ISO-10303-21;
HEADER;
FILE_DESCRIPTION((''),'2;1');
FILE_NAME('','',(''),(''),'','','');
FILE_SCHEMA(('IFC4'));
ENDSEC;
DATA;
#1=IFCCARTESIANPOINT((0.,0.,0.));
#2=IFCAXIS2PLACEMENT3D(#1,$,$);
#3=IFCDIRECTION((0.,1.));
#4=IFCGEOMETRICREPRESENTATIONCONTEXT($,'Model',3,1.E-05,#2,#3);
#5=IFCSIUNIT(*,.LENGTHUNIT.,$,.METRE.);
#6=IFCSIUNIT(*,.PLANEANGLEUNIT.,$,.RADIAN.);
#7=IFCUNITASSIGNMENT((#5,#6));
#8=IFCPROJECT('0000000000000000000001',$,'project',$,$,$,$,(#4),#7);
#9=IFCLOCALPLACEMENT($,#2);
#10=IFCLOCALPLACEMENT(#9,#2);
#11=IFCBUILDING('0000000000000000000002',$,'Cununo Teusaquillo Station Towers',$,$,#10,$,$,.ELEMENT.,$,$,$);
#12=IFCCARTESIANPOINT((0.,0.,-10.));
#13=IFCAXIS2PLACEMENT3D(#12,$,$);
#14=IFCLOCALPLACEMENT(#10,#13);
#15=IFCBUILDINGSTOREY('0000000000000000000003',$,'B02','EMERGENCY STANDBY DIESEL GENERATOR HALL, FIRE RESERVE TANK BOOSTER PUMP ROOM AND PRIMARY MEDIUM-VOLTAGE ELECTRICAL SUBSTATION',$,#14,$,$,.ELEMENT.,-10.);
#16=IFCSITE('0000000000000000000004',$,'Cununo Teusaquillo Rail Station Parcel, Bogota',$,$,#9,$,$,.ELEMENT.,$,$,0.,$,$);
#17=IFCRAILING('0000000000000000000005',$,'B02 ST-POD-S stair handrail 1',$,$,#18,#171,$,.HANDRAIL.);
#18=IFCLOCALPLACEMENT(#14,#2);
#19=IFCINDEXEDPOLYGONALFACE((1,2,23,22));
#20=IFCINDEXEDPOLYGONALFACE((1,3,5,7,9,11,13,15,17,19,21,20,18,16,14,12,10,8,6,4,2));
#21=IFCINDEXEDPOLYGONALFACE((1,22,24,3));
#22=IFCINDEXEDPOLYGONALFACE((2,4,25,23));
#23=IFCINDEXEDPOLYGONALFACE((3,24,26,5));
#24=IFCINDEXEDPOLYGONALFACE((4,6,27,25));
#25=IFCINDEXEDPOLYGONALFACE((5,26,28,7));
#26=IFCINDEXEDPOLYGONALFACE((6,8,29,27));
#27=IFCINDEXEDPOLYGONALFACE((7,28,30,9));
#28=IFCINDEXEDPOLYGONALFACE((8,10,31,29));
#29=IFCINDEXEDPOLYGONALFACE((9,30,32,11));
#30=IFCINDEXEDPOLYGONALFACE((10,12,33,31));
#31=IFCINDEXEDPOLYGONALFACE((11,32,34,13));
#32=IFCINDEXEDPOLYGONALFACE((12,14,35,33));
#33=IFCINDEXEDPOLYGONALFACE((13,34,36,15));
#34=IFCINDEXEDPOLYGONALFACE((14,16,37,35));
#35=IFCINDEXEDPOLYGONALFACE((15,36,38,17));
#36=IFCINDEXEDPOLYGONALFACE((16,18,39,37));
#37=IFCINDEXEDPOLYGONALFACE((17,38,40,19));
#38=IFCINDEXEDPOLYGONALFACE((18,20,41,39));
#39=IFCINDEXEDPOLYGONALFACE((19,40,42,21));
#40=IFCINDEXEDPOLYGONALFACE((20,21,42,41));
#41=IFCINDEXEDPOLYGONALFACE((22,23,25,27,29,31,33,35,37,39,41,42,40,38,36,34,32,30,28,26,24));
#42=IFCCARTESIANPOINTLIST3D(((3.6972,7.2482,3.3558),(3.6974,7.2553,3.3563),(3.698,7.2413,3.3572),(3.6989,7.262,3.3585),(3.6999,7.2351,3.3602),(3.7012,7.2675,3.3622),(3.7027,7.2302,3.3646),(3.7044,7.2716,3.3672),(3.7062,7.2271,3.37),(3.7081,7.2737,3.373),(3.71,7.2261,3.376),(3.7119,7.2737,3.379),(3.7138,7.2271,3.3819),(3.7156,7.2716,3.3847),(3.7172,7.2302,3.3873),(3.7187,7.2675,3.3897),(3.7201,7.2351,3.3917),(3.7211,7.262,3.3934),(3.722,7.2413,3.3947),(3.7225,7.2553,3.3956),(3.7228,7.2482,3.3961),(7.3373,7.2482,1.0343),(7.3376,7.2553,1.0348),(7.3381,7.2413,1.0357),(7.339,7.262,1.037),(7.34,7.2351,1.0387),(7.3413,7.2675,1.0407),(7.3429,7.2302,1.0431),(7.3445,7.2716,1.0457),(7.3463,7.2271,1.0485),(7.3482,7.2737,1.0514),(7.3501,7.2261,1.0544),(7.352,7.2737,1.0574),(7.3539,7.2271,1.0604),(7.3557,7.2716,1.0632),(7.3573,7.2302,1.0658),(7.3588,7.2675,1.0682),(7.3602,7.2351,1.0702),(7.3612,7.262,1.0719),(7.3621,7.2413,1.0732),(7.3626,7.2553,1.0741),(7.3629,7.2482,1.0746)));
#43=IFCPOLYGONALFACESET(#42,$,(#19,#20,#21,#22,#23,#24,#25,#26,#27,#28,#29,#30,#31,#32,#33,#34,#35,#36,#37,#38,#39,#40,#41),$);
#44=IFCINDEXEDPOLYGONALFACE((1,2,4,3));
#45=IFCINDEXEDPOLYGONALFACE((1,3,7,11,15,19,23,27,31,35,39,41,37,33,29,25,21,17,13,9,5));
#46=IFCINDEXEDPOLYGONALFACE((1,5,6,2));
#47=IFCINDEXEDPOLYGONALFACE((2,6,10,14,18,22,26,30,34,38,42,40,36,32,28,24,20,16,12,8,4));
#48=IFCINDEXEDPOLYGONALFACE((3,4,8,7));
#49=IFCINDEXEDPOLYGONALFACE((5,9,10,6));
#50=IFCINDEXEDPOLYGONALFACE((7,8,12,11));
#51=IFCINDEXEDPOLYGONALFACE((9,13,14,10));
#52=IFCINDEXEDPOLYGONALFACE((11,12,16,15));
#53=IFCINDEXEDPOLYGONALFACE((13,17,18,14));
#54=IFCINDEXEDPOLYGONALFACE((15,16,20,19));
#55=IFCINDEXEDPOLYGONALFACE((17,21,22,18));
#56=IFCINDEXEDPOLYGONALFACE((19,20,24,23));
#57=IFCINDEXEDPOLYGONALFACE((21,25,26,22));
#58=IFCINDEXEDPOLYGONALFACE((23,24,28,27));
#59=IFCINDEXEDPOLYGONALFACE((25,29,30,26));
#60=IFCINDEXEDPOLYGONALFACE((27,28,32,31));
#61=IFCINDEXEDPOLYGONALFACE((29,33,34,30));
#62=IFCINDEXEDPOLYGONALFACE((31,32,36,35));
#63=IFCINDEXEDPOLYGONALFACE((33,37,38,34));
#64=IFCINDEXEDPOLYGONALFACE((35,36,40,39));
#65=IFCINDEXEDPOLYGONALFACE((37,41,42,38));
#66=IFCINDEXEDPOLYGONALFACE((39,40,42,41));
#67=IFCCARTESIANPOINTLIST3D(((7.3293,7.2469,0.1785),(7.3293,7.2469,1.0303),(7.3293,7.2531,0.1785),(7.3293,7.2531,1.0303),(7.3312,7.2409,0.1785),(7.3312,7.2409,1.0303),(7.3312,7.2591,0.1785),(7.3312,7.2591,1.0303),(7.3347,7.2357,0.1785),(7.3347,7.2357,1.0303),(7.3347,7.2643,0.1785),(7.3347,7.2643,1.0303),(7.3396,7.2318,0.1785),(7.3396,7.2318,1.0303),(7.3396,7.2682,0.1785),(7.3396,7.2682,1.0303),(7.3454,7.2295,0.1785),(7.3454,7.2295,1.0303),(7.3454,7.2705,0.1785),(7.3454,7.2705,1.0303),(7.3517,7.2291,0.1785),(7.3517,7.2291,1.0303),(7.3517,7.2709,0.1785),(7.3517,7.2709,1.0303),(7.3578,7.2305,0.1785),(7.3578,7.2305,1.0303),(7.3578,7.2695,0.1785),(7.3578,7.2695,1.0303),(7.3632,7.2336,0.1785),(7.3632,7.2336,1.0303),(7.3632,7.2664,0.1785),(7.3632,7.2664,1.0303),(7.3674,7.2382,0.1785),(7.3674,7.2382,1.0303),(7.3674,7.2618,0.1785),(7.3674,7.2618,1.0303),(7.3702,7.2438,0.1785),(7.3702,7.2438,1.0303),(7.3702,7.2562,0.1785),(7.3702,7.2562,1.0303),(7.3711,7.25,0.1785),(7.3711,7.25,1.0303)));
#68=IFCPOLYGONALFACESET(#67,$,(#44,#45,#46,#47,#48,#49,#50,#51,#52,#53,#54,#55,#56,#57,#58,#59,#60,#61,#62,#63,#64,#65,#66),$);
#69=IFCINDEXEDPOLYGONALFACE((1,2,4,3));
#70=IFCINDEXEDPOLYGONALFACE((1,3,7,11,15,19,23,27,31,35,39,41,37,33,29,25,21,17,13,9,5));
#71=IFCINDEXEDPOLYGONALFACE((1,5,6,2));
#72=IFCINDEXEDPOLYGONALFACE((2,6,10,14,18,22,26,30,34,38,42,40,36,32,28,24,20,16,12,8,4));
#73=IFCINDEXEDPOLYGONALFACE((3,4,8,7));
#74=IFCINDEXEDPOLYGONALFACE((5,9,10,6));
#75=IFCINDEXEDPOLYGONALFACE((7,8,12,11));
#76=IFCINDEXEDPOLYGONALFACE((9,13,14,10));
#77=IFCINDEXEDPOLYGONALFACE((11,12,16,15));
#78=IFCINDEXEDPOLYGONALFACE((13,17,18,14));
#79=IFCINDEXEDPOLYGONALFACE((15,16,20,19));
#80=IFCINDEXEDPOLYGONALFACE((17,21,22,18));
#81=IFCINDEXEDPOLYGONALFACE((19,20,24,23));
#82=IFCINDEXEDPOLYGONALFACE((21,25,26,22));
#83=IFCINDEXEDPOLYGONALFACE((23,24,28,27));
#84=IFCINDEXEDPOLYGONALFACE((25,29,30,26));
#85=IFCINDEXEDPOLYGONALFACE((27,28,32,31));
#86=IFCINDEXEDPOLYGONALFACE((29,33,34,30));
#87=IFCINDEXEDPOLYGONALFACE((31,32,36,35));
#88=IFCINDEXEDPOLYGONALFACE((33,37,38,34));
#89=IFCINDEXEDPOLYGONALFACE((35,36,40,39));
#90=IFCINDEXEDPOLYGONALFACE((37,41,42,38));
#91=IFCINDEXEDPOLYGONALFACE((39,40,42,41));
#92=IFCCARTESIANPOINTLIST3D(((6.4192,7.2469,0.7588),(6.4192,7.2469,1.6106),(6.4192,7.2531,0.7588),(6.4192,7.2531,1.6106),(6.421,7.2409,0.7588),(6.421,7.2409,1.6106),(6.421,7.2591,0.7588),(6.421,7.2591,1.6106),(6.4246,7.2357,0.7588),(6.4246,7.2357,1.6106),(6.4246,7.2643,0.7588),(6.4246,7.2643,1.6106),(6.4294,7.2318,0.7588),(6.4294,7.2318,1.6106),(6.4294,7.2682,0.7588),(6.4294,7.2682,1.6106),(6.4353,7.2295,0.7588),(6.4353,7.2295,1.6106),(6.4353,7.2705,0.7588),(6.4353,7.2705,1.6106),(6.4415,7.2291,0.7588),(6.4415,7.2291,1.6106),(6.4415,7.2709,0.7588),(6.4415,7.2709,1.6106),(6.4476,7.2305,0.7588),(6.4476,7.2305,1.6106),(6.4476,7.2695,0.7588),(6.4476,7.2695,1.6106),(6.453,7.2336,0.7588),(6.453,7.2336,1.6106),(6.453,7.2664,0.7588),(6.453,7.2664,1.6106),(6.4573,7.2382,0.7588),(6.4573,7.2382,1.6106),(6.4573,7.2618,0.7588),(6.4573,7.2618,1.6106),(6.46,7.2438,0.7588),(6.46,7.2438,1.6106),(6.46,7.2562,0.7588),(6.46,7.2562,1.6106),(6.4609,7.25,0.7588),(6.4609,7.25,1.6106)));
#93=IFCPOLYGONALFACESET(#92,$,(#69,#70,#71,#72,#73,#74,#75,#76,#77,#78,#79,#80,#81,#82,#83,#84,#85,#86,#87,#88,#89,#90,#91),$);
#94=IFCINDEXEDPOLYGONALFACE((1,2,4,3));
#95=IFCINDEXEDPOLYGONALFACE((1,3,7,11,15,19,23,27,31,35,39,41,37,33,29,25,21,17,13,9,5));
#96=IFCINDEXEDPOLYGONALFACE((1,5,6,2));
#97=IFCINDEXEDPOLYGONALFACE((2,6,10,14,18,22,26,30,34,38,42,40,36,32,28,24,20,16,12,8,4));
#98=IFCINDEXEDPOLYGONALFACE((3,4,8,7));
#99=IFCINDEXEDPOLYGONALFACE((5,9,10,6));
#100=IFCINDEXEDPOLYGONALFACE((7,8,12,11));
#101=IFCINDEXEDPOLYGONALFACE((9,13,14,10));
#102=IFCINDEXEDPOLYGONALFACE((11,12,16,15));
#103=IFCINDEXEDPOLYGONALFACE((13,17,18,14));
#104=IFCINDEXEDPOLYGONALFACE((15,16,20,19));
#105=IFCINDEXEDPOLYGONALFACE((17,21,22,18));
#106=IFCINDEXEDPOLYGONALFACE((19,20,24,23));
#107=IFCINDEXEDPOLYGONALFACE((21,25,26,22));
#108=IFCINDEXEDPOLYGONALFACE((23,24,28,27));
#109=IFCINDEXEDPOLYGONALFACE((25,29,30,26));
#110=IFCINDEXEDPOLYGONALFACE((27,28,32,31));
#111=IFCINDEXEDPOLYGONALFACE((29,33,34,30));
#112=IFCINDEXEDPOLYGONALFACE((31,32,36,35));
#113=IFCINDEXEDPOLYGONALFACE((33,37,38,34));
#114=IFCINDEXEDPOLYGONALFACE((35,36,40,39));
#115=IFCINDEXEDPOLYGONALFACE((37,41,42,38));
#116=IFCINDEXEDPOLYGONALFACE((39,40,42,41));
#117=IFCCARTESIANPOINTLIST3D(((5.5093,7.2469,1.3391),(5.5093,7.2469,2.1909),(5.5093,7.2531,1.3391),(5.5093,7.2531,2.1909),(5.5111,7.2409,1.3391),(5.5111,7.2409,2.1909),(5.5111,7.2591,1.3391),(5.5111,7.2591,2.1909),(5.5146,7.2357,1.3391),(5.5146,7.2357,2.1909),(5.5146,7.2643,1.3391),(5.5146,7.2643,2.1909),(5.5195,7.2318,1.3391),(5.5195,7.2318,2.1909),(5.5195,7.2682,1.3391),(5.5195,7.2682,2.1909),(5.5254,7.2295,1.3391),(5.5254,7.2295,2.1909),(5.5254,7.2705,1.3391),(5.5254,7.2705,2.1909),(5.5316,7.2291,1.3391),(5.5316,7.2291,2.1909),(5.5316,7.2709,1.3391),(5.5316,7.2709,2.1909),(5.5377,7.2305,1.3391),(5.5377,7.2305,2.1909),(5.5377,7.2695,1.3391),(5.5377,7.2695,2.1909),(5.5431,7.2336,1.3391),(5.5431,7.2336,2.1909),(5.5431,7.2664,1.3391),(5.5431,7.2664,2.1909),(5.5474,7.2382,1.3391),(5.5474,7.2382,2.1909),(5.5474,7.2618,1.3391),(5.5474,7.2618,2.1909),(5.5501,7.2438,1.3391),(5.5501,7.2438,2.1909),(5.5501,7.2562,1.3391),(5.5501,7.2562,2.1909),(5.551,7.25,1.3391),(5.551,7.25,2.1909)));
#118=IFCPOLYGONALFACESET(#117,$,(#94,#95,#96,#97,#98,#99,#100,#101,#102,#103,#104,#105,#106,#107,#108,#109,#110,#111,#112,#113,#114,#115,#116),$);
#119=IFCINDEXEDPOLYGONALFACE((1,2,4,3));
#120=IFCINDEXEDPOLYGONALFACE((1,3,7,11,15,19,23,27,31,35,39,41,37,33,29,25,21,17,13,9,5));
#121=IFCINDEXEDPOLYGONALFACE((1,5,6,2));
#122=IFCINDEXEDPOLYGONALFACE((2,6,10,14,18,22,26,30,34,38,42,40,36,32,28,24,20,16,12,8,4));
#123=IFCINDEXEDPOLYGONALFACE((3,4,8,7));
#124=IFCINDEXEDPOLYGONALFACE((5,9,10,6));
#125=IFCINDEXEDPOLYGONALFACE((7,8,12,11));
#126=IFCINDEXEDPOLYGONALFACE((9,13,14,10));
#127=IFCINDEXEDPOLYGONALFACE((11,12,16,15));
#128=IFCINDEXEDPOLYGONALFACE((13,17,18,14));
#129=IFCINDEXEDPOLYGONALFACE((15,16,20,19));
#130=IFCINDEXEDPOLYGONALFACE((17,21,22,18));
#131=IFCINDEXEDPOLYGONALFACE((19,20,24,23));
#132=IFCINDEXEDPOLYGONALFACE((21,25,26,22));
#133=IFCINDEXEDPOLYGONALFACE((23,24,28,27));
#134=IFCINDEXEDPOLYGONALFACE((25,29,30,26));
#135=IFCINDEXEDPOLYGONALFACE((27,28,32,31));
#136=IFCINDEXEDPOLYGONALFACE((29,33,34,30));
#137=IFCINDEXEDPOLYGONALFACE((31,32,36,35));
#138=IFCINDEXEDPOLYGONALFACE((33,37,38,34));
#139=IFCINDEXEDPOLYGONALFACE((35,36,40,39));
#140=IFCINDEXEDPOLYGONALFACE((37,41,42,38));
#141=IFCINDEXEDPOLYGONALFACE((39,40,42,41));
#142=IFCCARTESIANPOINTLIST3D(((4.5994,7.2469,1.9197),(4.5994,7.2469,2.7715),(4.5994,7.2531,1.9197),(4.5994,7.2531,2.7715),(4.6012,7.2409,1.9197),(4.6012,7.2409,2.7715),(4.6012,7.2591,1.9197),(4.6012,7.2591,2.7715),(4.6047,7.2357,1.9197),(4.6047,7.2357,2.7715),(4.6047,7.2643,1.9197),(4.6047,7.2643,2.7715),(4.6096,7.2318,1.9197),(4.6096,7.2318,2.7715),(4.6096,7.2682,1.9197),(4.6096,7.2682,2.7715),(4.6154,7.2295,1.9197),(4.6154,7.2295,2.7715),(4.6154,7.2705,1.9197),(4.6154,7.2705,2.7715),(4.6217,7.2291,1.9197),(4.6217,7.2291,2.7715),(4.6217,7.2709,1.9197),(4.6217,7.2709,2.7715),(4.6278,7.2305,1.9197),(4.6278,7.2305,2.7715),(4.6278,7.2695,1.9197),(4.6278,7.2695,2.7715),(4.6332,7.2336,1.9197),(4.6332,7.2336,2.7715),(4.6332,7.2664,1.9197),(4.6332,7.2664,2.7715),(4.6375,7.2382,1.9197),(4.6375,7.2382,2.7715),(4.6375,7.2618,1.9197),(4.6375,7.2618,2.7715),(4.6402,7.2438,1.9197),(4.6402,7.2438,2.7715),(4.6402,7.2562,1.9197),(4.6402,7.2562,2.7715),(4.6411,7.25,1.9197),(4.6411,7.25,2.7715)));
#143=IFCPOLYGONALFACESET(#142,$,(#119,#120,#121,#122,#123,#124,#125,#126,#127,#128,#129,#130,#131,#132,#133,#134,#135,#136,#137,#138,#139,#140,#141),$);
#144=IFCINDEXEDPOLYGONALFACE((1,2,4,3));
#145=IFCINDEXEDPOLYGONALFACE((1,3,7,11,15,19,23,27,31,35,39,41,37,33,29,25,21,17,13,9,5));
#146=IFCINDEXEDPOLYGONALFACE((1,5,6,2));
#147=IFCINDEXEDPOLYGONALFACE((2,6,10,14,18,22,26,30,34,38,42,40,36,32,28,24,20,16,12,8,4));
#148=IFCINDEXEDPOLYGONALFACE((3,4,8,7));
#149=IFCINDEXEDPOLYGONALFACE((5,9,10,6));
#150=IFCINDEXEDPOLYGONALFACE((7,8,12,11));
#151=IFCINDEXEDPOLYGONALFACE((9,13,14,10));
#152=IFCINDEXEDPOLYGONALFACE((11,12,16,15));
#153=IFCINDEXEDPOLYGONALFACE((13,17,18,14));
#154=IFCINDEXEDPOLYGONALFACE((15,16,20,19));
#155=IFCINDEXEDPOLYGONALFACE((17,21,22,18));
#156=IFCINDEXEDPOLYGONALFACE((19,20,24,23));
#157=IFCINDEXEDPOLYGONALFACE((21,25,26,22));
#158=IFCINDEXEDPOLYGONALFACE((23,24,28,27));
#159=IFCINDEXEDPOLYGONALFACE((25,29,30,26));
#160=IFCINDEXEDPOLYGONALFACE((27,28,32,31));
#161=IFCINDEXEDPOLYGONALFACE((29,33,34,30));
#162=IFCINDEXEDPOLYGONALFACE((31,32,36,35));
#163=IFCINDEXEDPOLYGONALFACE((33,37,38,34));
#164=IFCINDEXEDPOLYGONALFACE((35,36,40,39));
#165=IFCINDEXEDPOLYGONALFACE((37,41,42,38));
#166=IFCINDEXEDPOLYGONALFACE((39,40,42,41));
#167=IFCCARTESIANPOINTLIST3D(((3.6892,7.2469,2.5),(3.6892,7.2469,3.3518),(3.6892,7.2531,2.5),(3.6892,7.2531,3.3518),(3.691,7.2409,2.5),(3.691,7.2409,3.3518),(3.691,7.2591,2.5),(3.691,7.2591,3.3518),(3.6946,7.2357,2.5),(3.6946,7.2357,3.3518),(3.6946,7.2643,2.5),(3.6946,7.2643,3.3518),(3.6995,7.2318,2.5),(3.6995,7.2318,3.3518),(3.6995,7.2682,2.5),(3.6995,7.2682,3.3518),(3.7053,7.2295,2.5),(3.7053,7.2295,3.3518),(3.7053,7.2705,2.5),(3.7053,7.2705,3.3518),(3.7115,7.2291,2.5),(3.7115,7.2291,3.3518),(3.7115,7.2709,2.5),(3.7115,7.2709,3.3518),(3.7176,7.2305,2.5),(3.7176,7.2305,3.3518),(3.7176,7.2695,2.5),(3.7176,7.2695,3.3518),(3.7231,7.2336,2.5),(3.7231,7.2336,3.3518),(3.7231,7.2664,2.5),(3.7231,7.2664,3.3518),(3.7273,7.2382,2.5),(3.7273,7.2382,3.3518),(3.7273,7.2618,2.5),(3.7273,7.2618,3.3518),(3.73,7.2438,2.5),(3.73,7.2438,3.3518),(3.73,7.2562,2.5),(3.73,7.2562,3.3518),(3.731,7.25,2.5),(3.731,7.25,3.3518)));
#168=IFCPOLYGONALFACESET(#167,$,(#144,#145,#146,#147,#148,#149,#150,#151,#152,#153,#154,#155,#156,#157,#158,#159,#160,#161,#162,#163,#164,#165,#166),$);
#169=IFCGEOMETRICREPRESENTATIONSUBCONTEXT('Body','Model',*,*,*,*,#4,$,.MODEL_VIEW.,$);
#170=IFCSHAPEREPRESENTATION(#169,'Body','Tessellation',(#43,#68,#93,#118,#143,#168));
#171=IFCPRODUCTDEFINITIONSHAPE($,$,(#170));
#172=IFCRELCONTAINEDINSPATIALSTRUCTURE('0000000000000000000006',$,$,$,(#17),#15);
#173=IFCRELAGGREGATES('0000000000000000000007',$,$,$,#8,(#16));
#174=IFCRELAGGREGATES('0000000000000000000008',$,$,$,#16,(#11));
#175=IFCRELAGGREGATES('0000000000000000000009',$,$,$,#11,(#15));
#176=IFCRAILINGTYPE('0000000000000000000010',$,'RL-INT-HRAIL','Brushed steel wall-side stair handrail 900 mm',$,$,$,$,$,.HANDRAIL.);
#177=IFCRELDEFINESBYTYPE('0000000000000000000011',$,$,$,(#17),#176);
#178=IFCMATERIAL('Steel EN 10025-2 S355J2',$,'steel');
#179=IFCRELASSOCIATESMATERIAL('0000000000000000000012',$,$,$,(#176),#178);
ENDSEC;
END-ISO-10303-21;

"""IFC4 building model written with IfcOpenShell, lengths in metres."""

from ifc_helpers import new_model, si_unit, direction, frame, origin, origin_2d, place, context, subcontext, project, spatial, circle, extrude, material, type_object, element, save


model = new_model("IFC4")

# Units and contexts
model_context = context("Model", 3, precision=1e-05, world=origin(), true_north=direction((0.0, 1.0)))
body_context = subcontext(model_context, "Body", "Model", "MODEL_VIEW")
ifc_project = project(units=[si_unit("LENGTHUNIT", "METRE"), si_unit("PLANEANGLEUNIT", "RADIAN")], contexts=[model_context])

# Site, building, storey
site_placement = place(None, origin())
site = spatial("IfcSite", under=ifc_project, at=site_placement, Name="Cununo Teusaquillo Rail Station Parcel, Bogota", CompositionType="ELEMENT", RefElevation=0.0)
building_placement = place(site_placement, origin())
building = spatial("IfcBuilding", under=site, at=building_placement, Name="Cununo Teusaquillo Station Towers", CompositionType="ELEMENT")
storey_placement = place(building_placement, frame((0.0, 0.0, -10.0)))
storey = spatial("IfcBuildingStorey", under=building, at=storey_placement, Name="B02", Description="EMERGENCY STANDBY DIESEL GENERATOR HALL, FIRE RESERVE TANK BOOSTER PUMP ROOM AND PRIMARY MEDIUM-VOLTAGE ELECTRICAL SUBSTATION", CompositionType="ELEMENT", Elevation=-10.0)

# Railing
ifc_material_1 = material(Name="Steel EN 10025-2 S355J2", Category="steel")
railing_type_1 = type_object("IfcRailingType", Name="RL-INT-HRAIL", Description="Brushed steel wall-side stair handrail 900 mm", PredefinedType="HANDRAIL", material=ifc_material_1)
railing_1_placement = place(storey_placement, frame((7.3501, 7.25, 0.1785)))
element("IfcRailing", 1, at=railing_1_placement, inside=storey, type_object=railing_type_1, Name="B02 ST-POD-S stair handrail 1", PredefinedType="HANDRAIL", context=body_context, shape_type="SweptSolid", body=[
    extrude(circle(Radius=0.0239, at=origin_2d()), frame((0.0, 0.0, 0.876), z_axis=(-0.843128, 0.0, 0.537713), x_axis=(0.0, -1.0, 0.0)), (0.0, 0.0, 1.0), 4.3174),
    extrude(circle(Radius=0.021, at=origin_2d()), origin(), (0.0, 0.0, 1.0), 0.8518),
    extrude(circle(Radius=0.021, at=origin_2d()), frame((-0.9102, 0.0, 0.5803)), (0.0, 0.0, 1.0), 0.8518),
    extrude(circle(Radius=0.021, at=origin_2d()), frame((-1.8201, 0.0, 1.1606)), (0.0, 0.0, 1.0), 0.8518),
    extrude(circle(Radius=0.021, at=origin_2d()), frame((-2.73, 0.0, 1.7412)), (0.0, 0.0, 1.0), 0.8518),
    extrude(circle(Radius=0.021, at=origin_2d()), frame((-3.6401, 0.0, 2.3215)), (0.0, 0.0, 1.0), 0.8518),
])

save(model, "model.ifc")
